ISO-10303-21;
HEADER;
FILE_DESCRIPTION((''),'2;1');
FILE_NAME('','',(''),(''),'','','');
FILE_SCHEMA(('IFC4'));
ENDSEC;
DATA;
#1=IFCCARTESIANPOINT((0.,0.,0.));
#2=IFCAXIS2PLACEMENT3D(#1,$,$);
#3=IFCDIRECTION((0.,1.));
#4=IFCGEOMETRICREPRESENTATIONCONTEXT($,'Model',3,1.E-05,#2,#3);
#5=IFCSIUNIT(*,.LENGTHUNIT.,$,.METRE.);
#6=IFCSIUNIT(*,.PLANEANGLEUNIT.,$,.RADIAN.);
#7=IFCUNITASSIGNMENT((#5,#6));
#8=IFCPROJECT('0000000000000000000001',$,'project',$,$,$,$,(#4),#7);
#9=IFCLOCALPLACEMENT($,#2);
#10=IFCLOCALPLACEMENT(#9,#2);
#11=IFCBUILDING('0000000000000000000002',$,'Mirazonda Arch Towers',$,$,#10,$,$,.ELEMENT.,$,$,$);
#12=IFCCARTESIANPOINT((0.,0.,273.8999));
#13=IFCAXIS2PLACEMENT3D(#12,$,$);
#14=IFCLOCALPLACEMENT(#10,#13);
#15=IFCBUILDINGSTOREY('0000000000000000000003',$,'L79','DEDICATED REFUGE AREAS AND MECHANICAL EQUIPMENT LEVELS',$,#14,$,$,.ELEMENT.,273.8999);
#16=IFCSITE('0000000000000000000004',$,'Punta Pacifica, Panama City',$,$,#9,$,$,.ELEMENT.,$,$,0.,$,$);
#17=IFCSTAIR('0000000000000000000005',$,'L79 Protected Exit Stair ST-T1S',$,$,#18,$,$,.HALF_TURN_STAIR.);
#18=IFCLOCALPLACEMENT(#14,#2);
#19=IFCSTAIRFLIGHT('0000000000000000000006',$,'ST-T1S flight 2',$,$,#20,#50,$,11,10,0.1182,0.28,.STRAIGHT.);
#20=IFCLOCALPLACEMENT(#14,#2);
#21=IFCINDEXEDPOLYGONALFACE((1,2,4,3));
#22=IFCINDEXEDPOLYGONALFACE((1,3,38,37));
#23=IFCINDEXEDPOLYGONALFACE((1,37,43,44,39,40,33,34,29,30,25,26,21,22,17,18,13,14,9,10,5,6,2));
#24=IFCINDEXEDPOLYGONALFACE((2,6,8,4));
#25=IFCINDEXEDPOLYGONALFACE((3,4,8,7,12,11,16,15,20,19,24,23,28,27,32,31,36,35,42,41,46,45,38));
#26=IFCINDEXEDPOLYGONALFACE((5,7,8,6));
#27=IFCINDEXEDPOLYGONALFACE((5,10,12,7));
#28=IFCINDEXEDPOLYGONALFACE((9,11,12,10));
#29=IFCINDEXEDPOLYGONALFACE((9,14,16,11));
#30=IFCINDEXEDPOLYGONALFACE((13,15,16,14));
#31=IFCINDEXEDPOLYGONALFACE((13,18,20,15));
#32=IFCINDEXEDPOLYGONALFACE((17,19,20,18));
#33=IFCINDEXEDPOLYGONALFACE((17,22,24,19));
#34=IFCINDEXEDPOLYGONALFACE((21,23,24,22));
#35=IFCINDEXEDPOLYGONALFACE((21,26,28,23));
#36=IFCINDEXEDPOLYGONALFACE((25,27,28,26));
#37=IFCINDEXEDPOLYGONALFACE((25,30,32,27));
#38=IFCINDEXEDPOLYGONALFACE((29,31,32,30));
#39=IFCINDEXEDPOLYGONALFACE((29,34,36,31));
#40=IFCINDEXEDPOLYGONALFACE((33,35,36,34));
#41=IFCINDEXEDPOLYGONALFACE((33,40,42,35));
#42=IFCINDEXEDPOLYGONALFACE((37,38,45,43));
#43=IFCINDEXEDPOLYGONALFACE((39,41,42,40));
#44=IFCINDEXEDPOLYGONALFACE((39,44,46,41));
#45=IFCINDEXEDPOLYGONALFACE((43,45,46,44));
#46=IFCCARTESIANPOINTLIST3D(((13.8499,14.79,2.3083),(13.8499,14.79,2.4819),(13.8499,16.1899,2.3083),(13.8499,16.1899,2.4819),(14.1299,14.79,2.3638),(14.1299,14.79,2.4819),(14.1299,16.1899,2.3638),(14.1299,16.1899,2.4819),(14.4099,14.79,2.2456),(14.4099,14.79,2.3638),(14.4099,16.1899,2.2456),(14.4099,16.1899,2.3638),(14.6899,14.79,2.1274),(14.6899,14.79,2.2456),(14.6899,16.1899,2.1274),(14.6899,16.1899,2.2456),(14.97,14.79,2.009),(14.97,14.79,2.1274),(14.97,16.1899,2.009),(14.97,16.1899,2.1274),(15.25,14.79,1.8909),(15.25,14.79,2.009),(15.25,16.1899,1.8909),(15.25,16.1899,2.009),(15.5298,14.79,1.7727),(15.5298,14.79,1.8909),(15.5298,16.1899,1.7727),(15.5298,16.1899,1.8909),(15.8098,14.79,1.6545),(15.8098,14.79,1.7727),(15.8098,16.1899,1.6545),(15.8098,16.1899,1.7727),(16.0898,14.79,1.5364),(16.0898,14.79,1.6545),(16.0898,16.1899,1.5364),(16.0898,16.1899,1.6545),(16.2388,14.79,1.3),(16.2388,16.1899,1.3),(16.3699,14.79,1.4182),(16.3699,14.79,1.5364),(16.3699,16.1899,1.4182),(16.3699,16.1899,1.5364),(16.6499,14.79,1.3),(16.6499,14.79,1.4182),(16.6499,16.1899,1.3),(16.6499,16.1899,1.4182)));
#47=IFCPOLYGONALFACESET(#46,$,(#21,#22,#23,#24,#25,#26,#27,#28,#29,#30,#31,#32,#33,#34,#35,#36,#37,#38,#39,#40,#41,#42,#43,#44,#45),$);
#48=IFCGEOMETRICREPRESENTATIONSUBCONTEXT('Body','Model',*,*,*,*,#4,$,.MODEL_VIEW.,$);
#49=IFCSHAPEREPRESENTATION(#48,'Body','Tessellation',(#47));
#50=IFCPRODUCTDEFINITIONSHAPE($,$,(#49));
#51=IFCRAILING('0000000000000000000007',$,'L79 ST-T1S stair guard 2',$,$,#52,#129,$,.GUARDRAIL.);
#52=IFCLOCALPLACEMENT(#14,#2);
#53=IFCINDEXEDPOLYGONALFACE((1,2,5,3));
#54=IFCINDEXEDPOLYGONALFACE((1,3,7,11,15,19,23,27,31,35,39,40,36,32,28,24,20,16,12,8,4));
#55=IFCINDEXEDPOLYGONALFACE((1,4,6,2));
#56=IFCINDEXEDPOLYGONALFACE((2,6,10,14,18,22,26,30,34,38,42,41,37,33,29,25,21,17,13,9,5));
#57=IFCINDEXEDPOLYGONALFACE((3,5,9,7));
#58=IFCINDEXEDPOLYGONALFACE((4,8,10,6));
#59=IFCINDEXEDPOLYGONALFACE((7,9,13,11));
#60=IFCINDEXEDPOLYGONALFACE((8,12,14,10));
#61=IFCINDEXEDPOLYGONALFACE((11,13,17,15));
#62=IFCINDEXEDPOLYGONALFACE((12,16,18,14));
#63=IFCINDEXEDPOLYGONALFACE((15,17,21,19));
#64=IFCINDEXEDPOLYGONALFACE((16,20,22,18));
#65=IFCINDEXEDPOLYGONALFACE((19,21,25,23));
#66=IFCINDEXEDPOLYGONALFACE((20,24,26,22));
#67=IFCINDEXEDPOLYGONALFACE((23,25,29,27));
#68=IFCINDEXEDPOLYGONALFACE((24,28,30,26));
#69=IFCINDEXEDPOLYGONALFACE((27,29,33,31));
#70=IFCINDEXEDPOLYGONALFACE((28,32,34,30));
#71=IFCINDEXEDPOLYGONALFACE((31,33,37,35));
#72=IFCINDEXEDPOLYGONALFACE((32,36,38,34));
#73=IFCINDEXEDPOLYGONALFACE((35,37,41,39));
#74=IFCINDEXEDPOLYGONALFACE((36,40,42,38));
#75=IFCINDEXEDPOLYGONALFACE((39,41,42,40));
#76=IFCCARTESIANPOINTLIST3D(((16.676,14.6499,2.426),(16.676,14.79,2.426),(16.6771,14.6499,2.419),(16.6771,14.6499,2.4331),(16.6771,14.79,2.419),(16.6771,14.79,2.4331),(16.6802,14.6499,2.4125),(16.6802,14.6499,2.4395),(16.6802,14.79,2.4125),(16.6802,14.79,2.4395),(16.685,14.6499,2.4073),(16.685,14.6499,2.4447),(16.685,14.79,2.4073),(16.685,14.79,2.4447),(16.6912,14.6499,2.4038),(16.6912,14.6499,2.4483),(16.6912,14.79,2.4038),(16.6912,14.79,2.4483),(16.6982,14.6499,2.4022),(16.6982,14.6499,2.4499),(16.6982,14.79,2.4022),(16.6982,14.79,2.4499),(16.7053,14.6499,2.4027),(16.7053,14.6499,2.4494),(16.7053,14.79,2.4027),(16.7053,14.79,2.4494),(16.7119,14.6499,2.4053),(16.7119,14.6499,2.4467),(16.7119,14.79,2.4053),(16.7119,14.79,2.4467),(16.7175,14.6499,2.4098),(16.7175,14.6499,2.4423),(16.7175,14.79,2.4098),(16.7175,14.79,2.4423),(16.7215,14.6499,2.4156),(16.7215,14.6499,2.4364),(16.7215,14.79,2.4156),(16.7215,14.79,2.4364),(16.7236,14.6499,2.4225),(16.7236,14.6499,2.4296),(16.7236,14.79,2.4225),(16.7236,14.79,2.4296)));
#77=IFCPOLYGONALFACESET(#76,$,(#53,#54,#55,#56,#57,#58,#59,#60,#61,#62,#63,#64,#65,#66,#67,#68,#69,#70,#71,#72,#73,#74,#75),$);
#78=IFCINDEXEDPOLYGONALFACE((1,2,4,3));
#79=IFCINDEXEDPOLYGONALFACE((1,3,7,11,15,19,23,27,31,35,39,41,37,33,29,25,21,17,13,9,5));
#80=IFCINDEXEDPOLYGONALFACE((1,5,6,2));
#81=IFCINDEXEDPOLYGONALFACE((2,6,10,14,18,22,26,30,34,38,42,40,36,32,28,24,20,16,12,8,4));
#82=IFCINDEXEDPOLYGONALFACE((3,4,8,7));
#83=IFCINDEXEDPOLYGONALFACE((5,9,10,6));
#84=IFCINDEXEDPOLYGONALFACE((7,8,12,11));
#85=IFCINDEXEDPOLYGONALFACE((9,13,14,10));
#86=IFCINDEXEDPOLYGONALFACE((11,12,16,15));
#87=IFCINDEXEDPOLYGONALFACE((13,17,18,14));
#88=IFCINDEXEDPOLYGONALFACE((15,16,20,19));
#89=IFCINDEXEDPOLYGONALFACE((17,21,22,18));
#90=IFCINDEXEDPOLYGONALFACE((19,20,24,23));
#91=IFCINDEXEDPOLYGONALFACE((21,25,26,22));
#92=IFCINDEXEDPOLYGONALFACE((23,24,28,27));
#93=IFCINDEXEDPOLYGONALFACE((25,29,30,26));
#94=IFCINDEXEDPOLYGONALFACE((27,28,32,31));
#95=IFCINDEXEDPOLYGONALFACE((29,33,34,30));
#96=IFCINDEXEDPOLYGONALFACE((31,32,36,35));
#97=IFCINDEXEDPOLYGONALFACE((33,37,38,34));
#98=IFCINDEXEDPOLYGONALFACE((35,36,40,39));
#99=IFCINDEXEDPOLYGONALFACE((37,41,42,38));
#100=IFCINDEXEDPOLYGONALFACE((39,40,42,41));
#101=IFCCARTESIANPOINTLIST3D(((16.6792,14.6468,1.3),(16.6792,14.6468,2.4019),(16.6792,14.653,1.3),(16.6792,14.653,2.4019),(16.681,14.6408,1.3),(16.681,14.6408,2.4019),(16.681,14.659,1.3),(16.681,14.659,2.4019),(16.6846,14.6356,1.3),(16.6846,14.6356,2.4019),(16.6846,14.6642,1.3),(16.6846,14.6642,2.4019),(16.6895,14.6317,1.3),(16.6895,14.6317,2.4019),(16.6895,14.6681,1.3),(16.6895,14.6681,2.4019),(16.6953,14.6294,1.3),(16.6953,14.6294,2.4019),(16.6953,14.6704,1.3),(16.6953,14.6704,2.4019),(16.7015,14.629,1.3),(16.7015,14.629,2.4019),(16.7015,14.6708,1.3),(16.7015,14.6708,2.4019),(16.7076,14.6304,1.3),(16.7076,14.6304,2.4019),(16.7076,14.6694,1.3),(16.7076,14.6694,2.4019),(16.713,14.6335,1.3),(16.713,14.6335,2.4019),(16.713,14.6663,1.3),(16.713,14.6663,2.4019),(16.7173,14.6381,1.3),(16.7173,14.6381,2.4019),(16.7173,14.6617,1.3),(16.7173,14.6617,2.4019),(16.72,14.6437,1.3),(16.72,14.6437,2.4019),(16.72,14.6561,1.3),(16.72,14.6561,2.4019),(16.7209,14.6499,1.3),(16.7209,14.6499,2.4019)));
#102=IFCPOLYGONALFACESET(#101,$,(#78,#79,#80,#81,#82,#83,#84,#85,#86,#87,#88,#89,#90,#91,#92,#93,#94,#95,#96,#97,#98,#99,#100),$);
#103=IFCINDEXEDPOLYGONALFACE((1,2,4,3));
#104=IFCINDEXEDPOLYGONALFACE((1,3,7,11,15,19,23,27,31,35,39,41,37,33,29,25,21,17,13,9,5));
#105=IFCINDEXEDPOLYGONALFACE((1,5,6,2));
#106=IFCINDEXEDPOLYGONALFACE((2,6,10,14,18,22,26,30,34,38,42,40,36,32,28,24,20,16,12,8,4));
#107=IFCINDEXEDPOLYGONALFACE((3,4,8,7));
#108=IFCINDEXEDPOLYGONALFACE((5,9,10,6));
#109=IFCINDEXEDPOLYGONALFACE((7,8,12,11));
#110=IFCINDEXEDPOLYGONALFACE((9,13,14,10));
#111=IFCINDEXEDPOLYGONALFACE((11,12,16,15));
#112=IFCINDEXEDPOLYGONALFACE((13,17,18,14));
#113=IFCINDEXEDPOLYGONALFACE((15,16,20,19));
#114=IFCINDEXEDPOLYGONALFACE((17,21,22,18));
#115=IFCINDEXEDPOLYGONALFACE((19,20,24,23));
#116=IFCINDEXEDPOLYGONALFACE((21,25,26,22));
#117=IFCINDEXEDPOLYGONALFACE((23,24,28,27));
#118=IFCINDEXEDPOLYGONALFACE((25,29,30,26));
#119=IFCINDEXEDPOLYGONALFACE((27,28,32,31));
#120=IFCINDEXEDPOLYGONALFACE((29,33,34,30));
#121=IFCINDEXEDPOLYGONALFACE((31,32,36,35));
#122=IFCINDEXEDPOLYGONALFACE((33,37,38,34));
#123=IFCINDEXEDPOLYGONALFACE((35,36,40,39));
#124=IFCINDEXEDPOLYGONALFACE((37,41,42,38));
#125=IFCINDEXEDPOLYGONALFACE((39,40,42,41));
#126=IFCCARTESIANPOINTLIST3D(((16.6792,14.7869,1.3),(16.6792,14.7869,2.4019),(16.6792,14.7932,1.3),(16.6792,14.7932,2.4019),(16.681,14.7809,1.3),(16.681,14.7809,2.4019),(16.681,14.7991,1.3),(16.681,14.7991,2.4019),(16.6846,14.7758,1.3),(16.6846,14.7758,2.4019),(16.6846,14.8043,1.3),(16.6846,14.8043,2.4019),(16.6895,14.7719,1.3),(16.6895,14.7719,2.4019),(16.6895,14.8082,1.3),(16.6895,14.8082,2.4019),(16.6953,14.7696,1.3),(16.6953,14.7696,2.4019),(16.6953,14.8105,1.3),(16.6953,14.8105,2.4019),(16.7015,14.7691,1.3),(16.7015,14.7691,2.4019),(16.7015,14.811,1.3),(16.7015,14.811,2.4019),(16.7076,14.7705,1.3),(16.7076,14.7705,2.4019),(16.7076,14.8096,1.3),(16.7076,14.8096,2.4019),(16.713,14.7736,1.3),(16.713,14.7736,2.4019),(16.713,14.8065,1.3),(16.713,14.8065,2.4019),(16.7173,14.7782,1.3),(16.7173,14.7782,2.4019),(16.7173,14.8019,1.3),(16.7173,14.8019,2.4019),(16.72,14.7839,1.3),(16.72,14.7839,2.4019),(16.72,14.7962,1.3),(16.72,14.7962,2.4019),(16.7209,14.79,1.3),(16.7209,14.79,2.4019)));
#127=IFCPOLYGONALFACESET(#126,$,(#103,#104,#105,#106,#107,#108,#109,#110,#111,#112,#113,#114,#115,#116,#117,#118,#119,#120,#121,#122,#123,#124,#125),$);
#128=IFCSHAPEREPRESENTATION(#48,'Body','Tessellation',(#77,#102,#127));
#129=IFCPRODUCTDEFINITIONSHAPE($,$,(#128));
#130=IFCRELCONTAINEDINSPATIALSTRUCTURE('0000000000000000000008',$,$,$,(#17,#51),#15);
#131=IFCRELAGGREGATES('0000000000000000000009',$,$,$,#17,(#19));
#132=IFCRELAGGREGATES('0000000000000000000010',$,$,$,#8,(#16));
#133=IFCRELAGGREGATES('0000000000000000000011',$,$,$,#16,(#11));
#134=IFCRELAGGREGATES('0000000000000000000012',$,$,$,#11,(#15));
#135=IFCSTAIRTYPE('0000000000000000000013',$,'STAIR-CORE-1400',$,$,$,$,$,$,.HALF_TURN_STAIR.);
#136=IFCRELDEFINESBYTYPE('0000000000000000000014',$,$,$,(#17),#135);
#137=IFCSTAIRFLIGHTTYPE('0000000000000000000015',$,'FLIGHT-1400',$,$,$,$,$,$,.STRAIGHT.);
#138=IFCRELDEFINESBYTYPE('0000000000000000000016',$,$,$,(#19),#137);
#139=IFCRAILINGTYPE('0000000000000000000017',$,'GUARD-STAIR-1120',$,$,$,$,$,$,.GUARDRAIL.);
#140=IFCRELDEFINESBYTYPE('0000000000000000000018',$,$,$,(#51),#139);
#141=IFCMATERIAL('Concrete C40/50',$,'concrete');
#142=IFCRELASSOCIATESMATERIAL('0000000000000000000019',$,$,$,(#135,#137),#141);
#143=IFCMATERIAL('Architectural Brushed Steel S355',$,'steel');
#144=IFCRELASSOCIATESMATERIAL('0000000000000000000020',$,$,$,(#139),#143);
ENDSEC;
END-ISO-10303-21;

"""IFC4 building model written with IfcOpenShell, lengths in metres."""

from ifc_helpers import new_model, si_unit, direction, frame, origin, origin_2d, place, context, subcontext, project, spatial, polyline, circle, outline, extrude, material, type_object, element, aggregate, save


model = new_model("IFC4")

# Units and contexts
model_context = context("Model", 3, precision=1e-05, world=origin(), true_north=direction((0.0, 1.0)))
body_context = subcontext(model_context, "Body", "Model", "MODEL_VIEW")
ifc_project = project(units=[si_unit("LENGTHUNIT", "METRE"), si_unit("PLANEANGLEUNIT", "RADIAN")], contexts=[model_context])

# Site, building, storey
site_placement = place(None, origin())
site = spatial("IfcSite", under=ifc_project, at=site_placement, Name="Punta Pacifica, Panama City", CompositionType="ELEMENT", RefElevation=0.0)
building_placement = place(site_placement, origin())
building = spatial("IfcBuilding", under=site, at=building_placement, Name="Mirazonda Arch Towers", CompositionType="ELEMENT")
storey_placement = place(building_placement, frame((0.0, 0.0, 273.8999)))
storey = spatial("IfcBuildingStorey", under=building, at=storey_placement, Name="L79", Description="DEDICATED REFUGE AREAS AND MECHANICAL EQUIPMENT LEVELS", CompositionType="ELEMENT", Elevation=273.8999)

# Shared definitions
ifc_material_1 = material(Name="Concrete C40/50", Category="concrete")

# Shared definitions
ifc_material_2 = material(Name="Architectural Brushed Steel S355", Category="steel")

# Stair, stair flight
stair_type = type_object("IfcStairType", Name="STAIR-CORE-1400", PredefinedType="HALF_TURN_STAIR", material=ifc_material_1)
stair_placement = place(storey_placement, origin())
stair = element("IfcStair", 1, at=stair_placement, inside=storey, type_object=stair_type, Name="L79 Protected Exit Stair ST-T1S", PredefinedType="HALF_TURN_STAIR")
stair_flight_type = type_object("IfcStairFlightType", Name="FLIGHT-1400", PredefinedType="STRAIGHT", material=ifc_material_1)
stair_flight_placement = place(storey_placement, frame((16.6499, 15.49, 1.3), z_axis=(0.0, 0.0, 1.0), x_axis=(-1.0, 0.0, 0.0)))
stair_flight = element("IfcStairFlight", 2, at=stair_flight_placement, type_object=stair_flight_type, Name="ST-T1S flight 2", NumberOfRisers=11, NumberOfTreads=10, PredefinedType="STRAIGHT", RiserHeight=0.1182, TreadLength=0.28, context=body_context, shape_type="SweptSolid", body=[
    extrude(outline(polyline([(0.0, 0.0), (0.0, 0.1182), (0.28, 0.1182), (0.28, 0.2363), (0.5601, 0.2363), (0.5601, 0.3545), (0.8401, 0.3545), (0.8401, 0.4727), (1.1201, 0.4727), (1.1201, 0.5908), (1.3999, 0.5908), (1.3999, 0.709), (1.6799, 0.709), (1.6799, 0.8274), (1.96, 0.8274), (1.96, 0.9456), (2.24, 0.9456), (2.24, 1.0637), (2.52, 1.0637), (2.52, 1.1819), (2.8, 1.1819), (2.8, 1.3), (2.8, 1.0083), (0.4111, 0.0), (0.0, 0.0)])), frame((0.0, 0.7, 0.0), z_axis=(0.0, -1.0, 0.0), x_axis=(1.0, 0.0, 0.0)), (0.0, 0.0, 1.0), 1.3999),
])
aggregate(stair, [stair_flight])

# Railing
railing_type_1 = type_object("IfcRailingType", Name="GUARD-STAIR-1120", PredefinedType="GUARDRAIL", material=ifc_material_2)
railing_1_placement = place(storey_placement, frame((16.7, 14.6499, 1.3)))
element("IfcRailing", 3, at=railing_1_placement, inside=storey, type_object=railing_type_1, Name="L79 ST-T1S stair guard 2", PredefinedType="GUARDRAIL", context=body_context, shape_type="SweptSolid", body=[
    extrude(circle(Radius=0.0239, at=origin_2d()), frame((0.0, 0.0, 1.126), z_axis=(0.0, 1.0, 0.0), x_axis=(-1.0, 0.0, 0.0)), (0.0, 0.0, 1.0), 0.1401),
    extrude(circle(Radius=0.021, at=origin_2d()), origin(), (0.0, 0.0, 1.0), 1.1018),
    extrude(circle(Radius=0.021, at=origin_2d()), frame((0.0, 0.1401, 0.0)), (0.0, 0.0, 1.0), 1.1018),
])

save(model, "model.ifc")
